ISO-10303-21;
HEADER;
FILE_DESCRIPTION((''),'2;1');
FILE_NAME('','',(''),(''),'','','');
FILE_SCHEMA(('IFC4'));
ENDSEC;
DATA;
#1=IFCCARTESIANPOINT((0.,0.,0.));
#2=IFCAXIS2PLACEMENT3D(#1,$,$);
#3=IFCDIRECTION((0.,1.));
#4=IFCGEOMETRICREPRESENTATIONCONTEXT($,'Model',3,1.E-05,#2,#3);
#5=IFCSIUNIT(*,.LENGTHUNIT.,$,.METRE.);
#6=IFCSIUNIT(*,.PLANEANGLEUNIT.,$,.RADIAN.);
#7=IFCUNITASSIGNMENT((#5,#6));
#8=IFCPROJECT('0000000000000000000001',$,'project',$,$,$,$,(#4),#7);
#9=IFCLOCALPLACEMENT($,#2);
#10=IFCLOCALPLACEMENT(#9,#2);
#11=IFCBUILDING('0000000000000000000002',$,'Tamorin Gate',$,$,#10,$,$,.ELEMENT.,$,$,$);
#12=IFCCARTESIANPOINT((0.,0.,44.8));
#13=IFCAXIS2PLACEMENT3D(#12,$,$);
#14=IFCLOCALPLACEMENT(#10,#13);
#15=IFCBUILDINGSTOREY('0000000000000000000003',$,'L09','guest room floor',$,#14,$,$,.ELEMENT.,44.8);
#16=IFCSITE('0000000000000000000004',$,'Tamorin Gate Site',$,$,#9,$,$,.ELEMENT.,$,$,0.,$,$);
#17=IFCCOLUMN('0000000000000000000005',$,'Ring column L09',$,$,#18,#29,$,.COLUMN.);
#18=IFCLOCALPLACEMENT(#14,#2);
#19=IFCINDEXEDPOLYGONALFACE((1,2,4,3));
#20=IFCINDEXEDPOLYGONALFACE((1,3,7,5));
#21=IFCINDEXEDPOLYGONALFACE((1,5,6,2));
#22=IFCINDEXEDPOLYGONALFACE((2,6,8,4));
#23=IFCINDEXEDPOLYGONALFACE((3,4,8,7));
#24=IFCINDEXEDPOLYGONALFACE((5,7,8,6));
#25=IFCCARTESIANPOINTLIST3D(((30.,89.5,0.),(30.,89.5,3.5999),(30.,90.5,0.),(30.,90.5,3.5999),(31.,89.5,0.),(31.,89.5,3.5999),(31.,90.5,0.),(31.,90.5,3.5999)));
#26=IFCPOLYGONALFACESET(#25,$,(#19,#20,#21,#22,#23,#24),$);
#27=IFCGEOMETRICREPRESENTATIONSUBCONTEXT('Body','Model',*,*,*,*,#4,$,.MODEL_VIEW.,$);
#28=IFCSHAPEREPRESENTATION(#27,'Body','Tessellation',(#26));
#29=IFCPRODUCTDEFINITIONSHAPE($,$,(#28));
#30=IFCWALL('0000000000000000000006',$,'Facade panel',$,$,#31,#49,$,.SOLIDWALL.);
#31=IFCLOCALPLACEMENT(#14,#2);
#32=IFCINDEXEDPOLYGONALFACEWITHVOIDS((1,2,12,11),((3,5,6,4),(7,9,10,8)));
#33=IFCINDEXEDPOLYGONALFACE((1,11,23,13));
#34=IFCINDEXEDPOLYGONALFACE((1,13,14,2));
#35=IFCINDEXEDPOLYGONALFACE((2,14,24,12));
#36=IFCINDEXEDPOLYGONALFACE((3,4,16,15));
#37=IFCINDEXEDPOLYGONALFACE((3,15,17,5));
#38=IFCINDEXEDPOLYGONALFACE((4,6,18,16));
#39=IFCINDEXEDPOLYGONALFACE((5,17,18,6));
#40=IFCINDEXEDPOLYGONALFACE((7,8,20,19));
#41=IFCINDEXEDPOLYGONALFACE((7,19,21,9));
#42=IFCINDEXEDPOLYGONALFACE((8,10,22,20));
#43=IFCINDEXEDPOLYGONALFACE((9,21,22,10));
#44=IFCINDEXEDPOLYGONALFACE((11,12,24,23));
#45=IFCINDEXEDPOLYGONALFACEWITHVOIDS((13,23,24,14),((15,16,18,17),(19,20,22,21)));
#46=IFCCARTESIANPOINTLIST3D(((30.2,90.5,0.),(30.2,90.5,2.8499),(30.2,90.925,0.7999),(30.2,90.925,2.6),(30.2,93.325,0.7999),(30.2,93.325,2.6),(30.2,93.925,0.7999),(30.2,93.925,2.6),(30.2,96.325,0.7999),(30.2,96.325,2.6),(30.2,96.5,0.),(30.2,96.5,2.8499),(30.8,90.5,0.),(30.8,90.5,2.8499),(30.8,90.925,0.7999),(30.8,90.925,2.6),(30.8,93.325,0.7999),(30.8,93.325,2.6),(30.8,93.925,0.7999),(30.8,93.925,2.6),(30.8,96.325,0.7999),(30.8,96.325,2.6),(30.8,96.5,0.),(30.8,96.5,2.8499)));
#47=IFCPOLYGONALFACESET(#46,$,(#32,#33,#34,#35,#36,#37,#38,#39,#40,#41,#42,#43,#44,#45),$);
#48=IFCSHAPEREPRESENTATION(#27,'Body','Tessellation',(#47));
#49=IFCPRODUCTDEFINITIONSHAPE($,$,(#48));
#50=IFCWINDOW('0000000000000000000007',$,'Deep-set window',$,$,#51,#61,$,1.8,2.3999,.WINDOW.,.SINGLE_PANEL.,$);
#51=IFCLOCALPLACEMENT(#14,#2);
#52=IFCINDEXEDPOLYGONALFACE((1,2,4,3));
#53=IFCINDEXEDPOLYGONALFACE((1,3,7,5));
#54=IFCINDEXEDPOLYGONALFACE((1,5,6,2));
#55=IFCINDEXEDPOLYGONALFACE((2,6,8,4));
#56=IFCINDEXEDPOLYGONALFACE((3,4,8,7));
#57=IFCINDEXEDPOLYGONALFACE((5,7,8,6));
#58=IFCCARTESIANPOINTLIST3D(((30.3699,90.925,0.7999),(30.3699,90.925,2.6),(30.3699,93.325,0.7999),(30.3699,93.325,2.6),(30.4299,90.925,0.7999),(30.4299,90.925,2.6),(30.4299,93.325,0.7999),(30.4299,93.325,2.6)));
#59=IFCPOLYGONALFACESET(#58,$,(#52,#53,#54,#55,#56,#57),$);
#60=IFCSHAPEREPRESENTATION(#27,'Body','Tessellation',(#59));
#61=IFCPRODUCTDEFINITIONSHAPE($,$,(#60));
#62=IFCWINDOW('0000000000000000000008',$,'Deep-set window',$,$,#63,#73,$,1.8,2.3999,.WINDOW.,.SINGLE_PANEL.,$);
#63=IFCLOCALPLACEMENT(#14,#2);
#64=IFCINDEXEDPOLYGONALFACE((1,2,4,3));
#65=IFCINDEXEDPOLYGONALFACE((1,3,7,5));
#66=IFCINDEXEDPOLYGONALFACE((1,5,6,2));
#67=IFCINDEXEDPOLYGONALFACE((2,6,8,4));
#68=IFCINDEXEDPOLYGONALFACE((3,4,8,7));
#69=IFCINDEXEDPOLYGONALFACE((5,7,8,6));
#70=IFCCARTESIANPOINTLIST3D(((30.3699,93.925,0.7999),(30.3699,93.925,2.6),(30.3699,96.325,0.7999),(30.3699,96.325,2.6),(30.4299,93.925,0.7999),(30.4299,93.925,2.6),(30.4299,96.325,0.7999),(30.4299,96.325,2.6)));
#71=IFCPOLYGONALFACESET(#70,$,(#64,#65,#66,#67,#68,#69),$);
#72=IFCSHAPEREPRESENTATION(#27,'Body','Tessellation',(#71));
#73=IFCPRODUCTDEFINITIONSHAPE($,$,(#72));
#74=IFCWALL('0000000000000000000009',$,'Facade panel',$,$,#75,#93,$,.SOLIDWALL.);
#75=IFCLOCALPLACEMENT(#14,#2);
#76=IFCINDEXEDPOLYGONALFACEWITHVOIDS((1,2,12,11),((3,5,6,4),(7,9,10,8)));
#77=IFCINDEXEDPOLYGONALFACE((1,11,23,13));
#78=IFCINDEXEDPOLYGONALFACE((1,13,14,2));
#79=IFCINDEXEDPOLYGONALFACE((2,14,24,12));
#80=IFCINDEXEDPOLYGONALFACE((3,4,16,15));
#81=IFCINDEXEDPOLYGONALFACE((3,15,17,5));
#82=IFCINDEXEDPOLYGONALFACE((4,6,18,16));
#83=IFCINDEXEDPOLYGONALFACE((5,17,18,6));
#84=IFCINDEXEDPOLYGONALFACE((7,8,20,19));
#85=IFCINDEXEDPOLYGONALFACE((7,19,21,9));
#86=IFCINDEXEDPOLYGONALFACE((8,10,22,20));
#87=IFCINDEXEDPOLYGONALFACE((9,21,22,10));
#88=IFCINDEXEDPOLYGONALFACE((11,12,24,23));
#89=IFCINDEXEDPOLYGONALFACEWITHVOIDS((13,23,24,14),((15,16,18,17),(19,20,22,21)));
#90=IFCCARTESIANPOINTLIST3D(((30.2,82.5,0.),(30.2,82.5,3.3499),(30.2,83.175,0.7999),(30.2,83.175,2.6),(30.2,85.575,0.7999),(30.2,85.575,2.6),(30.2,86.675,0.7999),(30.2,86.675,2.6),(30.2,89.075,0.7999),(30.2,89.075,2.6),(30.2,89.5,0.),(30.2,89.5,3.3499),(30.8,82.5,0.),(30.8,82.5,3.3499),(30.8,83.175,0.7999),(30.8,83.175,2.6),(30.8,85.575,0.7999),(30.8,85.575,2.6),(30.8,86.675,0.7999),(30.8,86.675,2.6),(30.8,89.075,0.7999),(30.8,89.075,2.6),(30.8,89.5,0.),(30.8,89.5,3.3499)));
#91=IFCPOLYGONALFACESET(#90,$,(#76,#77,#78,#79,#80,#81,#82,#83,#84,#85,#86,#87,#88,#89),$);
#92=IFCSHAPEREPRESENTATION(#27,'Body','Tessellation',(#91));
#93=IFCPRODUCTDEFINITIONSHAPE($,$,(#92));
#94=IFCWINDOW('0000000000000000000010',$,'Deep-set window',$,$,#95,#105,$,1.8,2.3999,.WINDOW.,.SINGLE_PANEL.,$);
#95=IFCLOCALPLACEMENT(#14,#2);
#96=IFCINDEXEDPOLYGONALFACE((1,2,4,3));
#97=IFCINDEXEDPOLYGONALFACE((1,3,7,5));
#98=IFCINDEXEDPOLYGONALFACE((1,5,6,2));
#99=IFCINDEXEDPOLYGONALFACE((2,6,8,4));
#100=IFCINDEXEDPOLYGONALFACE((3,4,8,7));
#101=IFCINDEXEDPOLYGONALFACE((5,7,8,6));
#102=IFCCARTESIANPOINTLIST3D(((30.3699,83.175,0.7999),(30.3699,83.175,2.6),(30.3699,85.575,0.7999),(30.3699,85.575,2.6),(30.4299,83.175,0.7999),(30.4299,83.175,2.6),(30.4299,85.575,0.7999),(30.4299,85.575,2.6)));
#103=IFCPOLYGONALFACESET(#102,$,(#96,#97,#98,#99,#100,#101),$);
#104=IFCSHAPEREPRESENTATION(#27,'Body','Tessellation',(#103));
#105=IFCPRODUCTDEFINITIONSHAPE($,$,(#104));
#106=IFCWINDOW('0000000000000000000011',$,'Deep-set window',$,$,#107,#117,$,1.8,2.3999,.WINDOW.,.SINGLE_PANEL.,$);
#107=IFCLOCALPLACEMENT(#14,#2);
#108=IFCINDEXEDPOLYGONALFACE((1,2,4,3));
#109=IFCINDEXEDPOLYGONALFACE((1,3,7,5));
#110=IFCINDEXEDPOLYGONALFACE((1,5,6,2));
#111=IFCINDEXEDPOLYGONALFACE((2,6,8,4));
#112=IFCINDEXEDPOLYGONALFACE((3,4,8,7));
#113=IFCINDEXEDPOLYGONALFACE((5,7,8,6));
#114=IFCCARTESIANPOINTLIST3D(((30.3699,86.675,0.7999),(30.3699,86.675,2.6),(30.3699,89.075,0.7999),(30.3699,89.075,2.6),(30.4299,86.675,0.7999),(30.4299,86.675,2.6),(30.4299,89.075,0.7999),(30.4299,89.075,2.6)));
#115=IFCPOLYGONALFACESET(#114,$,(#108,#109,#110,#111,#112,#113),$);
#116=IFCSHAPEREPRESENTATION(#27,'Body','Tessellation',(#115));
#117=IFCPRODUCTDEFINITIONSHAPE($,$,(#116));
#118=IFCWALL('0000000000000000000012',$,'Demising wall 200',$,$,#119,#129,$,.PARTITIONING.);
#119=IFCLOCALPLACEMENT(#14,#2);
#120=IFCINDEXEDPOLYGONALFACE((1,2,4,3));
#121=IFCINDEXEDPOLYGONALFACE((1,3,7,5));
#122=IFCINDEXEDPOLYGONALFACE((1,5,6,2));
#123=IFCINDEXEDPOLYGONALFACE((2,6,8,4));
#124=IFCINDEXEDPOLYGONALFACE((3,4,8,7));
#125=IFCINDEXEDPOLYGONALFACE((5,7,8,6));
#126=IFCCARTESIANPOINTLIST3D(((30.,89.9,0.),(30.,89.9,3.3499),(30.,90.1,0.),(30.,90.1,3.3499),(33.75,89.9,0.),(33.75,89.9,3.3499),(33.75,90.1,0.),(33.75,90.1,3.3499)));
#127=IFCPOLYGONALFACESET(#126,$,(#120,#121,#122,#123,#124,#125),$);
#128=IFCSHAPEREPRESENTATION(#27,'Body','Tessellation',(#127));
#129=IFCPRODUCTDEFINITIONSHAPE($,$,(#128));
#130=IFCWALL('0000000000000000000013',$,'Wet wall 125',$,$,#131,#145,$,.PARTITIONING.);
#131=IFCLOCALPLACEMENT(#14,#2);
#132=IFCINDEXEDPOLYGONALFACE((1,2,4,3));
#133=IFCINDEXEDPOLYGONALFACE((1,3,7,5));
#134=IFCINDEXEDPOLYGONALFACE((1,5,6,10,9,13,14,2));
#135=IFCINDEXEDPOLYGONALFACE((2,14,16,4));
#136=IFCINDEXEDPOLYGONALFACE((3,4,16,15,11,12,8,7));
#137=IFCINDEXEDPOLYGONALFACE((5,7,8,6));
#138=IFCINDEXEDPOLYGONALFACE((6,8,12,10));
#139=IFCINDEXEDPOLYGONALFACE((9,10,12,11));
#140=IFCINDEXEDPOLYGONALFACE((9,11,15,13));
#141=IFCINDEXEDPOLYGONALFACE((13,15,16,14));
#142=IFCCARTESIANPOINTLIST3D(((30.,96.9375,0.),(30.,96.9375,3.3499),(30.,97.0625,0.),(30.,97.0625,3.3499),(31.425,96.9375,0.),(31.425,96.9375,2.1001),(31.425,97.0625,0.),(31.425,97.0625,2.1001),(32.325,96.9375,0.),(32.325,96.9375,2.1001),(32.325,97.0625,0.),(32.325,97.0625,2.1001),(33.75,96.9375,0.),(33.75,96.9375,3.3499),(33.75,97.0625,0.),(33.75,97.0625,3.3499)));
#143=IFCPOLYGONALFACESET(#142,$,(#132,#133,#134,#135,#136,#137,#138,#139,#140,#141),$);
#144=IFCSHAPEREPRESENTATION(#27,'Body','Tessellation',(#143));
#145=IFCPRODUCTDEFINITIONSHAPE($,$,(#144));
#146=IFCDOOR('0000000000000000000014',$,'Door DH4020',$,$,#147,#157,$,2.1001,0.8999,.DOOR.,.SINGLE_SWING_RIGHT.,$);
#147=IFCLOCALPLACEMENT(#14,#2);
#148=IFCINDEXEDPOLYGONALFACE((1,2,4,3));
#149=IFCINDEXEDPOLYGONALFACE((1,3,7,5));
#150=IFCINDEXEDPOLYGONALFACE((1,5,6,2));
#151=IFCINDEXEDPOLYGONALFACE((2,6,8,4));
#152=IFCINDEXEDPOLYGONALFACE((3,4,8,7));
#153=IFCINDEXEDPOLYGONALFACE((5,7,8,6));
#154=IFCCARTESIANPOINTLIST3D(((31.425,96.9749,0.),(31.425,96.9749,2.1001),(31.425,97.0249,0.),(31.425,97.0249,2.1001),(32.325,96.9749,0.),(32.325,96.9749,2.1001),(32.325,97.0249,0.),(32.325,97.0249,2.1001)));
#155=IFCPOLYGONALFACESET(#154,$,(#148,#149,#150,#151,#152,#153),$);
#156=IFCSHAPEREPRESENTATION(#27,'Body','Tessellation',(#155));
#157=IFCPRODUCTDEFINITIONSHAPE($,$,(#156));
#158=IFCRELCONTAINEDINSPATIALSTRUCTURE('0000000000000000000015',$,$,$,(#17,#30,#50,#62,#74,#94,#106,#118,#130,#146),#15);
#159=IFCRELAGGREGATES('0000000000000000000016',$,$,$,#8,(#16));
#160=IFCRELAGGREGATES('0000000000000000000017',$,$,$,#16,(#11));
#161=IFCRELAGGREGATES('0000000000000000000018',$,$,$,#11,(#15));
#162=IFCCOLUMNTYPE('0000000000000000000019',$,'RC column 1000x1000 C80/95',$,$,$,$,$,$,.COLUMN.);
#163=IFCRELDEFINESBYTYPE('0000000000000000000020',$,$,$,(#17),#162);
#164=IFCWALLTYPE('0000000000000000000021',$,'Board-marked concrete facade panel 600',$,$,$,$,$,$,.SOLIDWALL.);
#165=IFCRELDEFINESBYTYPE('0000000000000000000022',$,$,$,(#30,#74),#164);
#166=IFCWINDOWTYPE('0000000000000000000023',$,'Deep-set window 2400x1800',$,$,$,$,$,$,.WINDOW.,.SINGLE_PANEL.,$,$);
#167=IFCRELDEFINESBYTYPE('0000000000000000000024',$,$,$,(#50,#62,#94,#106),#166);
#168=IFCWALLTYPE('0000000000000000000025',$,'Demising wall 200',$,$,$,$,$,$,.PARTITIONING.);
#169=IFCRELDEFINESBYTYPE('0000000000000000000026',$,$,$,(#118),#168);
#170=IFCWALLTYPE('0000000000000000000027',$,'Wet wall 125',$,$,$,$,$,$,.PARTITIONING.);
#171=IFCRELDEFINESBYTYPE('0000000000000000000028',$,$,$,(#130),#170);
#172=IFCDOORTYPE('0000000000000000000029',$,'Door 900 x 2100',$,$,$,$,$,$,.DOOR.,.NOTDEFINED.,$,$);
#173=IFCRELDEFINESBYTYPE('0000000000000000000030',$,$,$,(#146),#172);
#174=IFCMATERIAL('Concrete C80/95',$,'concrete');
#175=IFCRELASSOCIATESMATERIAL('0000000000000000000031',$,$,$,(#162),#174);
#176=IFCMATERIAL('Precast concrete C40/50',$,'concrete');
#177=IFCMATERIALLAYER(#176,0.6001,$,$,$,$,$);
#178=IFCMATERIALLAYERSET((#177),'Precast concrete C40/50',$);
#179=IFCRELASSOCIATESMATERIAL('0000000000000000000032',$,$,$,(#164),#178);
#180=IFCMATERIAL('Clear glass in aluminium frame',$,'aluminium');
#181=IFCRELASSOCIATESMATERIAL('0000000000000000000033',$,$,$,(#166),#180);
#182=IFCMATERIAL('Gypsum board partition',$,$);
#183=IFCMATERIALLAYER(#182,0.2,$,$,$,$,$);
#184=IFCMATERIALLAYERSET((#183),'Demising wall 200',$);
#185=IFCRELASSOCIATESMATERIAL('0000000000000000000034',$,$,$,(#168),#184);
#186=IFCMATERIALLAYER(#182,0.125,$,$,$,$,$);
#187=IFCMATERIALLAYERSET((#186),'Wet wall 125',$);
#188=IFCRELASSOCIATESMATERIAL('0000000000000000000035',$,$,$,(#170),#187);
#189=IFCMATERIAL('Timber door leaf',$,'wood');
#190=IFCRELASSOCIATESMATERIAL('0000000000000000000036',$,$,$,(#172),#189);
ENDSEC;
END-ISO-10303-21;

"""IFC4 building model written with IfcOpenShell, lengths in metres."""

from ifc_helpers import new_model, si_unit, direction, frame, frame_2d, origin, origin_2d, place, context, subcontext, project, spatial, rectangle, extrude, material, layer, layer_set, material_profile, profile_set, type_object, element, fill, save


model = new_model("IFC4")

# Units and contexts
model_context = context("Model", 3, precision=1e-05, world=origin(), true_north=direction((0.0, 1.0)))
body_context = subcontext(model_context, "Body", "Model", "MODEL_VIEW")
ifc_project = project(units=[si_unit("LENGTHUNIT", "METRE"), si_unit("PLANEANGLEUNIT", "RADIAN")], contexts=[model_context])

# Site, building, storey
site_placement = place(None, origin())
site = spatial("IfcSite", under=ifc_project, at=site_placement, Name="Tamorin Gate Site", CompositionType="ELEMENT", RefElevation=0.0)
building_placement = place(site_placement, origin())
building = spatial("IfcBuilding", under=site, at=building_placement, Name="Tamorin Gate", CompositionType="ELEMENT")
storey_placement = place(building_placement, frame((0.0, 0.0, 44.8)))
storey = spatial("IfcBuildingStorey", under=building, at=storey_placement, Name="L09", Description="guest room floor", CompositionType="ELEMENT", Elevation=44.8)

# Column
ifc_material_1 = material(Name="Concrete C80/95", Category="concrete")
ifc_material_profile = material_profile(ifc_material_1, rectangle(XDim=1.0, YDim=1.0, at=origin_2d()), Name="RC 1000x1000")
ifc_profile_set = profile_set([ifc_material_profile], Name="Concrete C80/95")
column_type = type_object("IfcColumnType", Name="RC column 1000x1000 C80/95", PredefinedType="COLUMN", material=ifc_profile_set)
column_placement = place(storey_placement, frame((30.5, 90.0, 0.0), z_axis=(0.0, 0.0, 1.0), x_axis=(1.0, 0.0, 0.0)))
element("IfcColumn", 1, at=column_placement, inside=storey, type_object=column_type, Name="Ring column L09", PredefinedType="COLUMN", context=body_context, shape_type="SweptSolid", body=[
    extrude(rectangle(XDim=1.0, YDim=1.0, at=origin_2d()), origin(), (0.0, 0.0, 1.0), 3.5999),
])

# Walls, openings, windows
ifc_material_2 = material(Name="Precast concrete C40/50", Category="concrete")
ifc_layer_1 = layer(ifc_material_2, 0.6001)
ifc_layer_set_1 = layer_set([ifc_layer_1], Name="Precast concrete C40/50")
wall_type_1 = type_object("IfcWallType", Name="Board-marked concrete facade panel 600", PredefinedType="SOLIDWALL", material=ifc_layer_set_1)
wall_1_placement = place(storey_placement, frame((30.5, 96.5, 0.0), z_axis=(0.0, 0.0, 1.0), x_axis=(0.0, -1.0, 0.0)))
wall_1 = element("IfcWall", 2, at=wall_1_placement, inside=storey, type_object=wall_type_1, Name="Facade panel", PredefinedType="SOLIDWALL", context=body_context, shape_type="SweptSolid", body=[
    extrude(rectangle(XDim=6.0, YDim=0.6001, at=frame_2d((3.0, 0.0))), origin(), (0.0, 0.0, 1.0), 2.8499),
])
opening_1_placement = place(wall_1_placement, frame((3.175, 0.0, 0.8)))
opening_1 = element("IfcOpeningElement", 3, at=opening_1_placement, cuts=wall_1, PredefinedType="OPENING", context=body_context, shape_type="SweptSolid", body=[
    extrude(rectangle(XDim=2.3999, YDim=1.8, at=frame_2d((1.2, 0.8999))), frame((0.0, 0.3101, 0.0), z_axis=(0.0, -1.0, 0.0), x_axis=(1.0, 0.0, 0.0)), (0.0, 0.0, 1.0), 0.6201),
])
opening_2_placement = place(wall_1_placement, frame((0.175, 0.0, 0.8)))
opening_2 = element("IfcOpeningElement", 4, at=opening_2_placement, cuts=wall_1, PredefinedType="OPENING", context=body_context, shape_type="SweptSolid", body=[
    extrude(rectangle(XDim=2.3999, YDim=1.8, at=frame_2d((1.2, 0.8999))), frame((0.0, 0.3101, 0.0), z_axis=(0.0, -1.0, 0.0), x_axis=(1.0, 0.0, 0.0)), (0.0, 0.0, 1.0), 0.6201),
])
ifc_material_3 = material(Name="Clear glass in aluminium frame", Category="aluminium")
window_type = type_object("IfcWindowType", Name="Deep-set window 2400x1800", PartitioningType="SINGLE_PANEL", PredefinedType="WINDOW", material=ifc_material_3)
window_1_placement = place(opening_1_placement, origin())
window_1 = element("IfcWindow", 5, at=window_1_placement, inside=storey, type_object=window_type, Name="Deep-set window", OverallHeight=1.8, OverallWidth=2.3999, PartitioningType="SINGLE_PANEL", PredefinedType="WINDOW", context=body_context, shape_type="SweptSolid", body=[
    extrude(rectangle(XDim=2.3999, YDim=1.8, at=frame_2d((1.2, 0.8999))), frame((0.0, -0.0701, 0.0), z_axis=(0.0, -1.0, 0.0), x_axis=(1.0, 0.0, 0.0)), (0.0, 0.0, 1.0), 0.0601),
])
fill(opening_1, window_1)
window_2_placement = place(opening_2_placement, origin())
window_2 = element("IfcWindow", 6, at=window_2_placement, inside=storey, type_object=window_type, Name="Deep-set window", OverallHeight=1.8, OverallWidth=2.3999, PartitioningType="SINGLE_PANEL", PredefinedType="WINDOW", context=body_context, shape_type="SweptSolid", body=[
    extrude(rectangle(XDim=2.3999, YDim=1.8, at=frame_2d((1.2, 0.8999))), frame((0.0, -0.0701, 0.0), z_axis=(0.0, -1.0, 0.0), x_axis=(1.0, 0.0, 0.0)), (0.0, 0.0, 1.0), 0.0601),
])
fill(opening_2, window_2)
wall_2_placement = place(storey_placement, frame((30.5, 89.5, 0.0), z_axis=(0.0, 0.0, 1.0), x_axis=(0.0, -1.0, 0.0)))
wall_2 = element("IfcWall", 7, at=wall_2_placement, inside=storey, type_object=wall_type_1, Name="Facade panel", PredefinedType="SOLIDWALL", context=body_context, shape_type="SweptSolid", body=[
    extrude(rectangle(XDim=7.0, YDim=0.6001, at=frame_2d((3.5, 0.0))), origin(), (0.0, 0.0, 1.0), 3.3499),
])
opening_3_placement = place(wall_2_placement, frame((3.925, 0.0, 0.8)))
opening_3 = element("IfcOpeningElement", 8, at=opening_3_placement, cuts=wall_2, PredefinedType="OPENING", context=body_context, shape_type="SweptSolid", body=[
    extrude(rectangle(XDim=2.3999, YDim=1.8, at=frame_2d((1.2, 0.8999))), frame((0.0, 0.3101, 0.0), z_axis=(0.0, -1.0, 0.0), x_axis=(1.0, 0.0, 0.0)), (0.0, 0.0, 1.0), 0.6201),
])
opening_4_placement = place(wall_2_placement, frame((0.425, 0.0, 0.8)))
opening_4 = element("IfcOpeningElement", 9, at=opening_4_placement, cuts=wall_2, PredefinedType="OPENING", context=body_context, shape_type="SweptSolid", body=[
    extrude(rectangle(XDim=2.3999, YDim=1.8, at=frame_2d((1.2, 0.8999))), frame((0.0, 0.3101, 0.0), z_axis=(0.0, -1.0, 0.0), x_axis=(1.0, 0.0, 0.0)), (0.0, 0.0, 1.0), 0.6201),
])
window_3_placement = place(opening_3_placement, origin())
window_3 = element("IfcWindow", 10, at=window_3_placement, inside=storey, type_object=window_type, Name="Deep-set window", OverallHeight=1.8, OverallWidth=2.3999, PartitioningType="SINGLE_PANEL", PredefinedType="WINDOW", context=body_context, shape_type="SweptSolid", body=[
    extrude(rectangle(XDim=2.3999, YDim=1.8, at=frame_2d((1.2, 0.8999))), frame((0.0, -0.0701, 0.0), z_axis=(0.0, -1.0, 0.0), x_axis=(1.0, 0.0, 0.0)), (0.0, 0.0, 1.0), 0.0601),
])
fill(opening_3, window_3)
window_4_placement = place(opening_4_placement, origin())
window_4 = element("IfcWindow", 11, at=window_4_placement, inside=storey, type_object=window_type, Name="Deep-set window", OverallHeight=1.8, OverallWidth=2.3999, PartitioningType="SINGLE_PANEL", PredefinedType="WINDOW", context=body_context, shape_type="SweptSolid", body=[
    extrude(rectangle(XDim=2.3999, YDim=1.8, at=frame_2d((1.2, 0.8999))), frame((0.0, -0.0701, 0.0), z_axis=(0.0, -1.0, 0.0), x_axis=(1.0, 0.0, 0.0)), (0.0, 0.0, 1.0), 0.0601),
])
fill(opening_4, window_4)

# Wall
ifc_material_4 = material(Name="Gypsum board partition")
ifc_layer_2 = layer(ifc_material_4, 0.2)
ifc_layer_set_2 = layer_set([ifc_layer_2], Name="Demising wall 200")
wall_type_2 = type_object("IfcWallType", Name="Demising wall 200", PredefinedType="PARTITIONING", material=ifc_layer_set_2)
wall_3_placement = place(storey_placement, frame((30.0, 90.0, 0.0), z_axis=(0.0, 0.0, 1.0), x_axis=(1.0, 0.0, 0.0)))
element("IfcWall", 12, at=wall_3_placement, inside=storey, type_object=wall_type_2, Name="Demising wall 200", PredefinedType="PARTITIONING", context=body_context, shape_type="SweptSolid", body=[
    extrude(rectangle(XDim=3.75, YDim=0.2, at=frame_2d((1.875, 0.0))), origin(), (0.0, 0.0, 1.0), 3.3499),
])

# Wall, opening, door
ifc_layer_3 = layer(ifc_material_4, 0.125)
ifc_layer_set_3 = layer_set([ifc_layer_3], Name="Wet wall 125")
wall_type_3 = type_object("IfcWallType", Name="Wet wall 125", PredefinedType="PARTITIONING", material=ifc_layer_set_3)
wall_4_placement = place(storey_placement, frame((30.0, 97.0, 0.0), z_axis=(0.0, 0.0, 1.0), x_axis=(1.0, 0.0, 0.0)))
wall_4 = element("IfcWall", 13, at=wall_4_placement, inside=storey, type_object=wall_type_3, Name="Wet wall 125", PredefinedType="PARTITIONING", context=body_context, shape_type="SweptSolid", body=[
    extrude(rectangle(XDim=3.75, YDim=0.125, at=frame_2d((1.875, 0.0))), origin(), (0.0, 0.0, 1.0), 3.3499),
])
opening_5_placement = place(wall_4_placement, frame((1.425, 0.0, 0.0)))
opening_5 = element("IfcOpeningElement", 14, at=opening_5_placement, cuts=wall_4, PredefinedType="OPENING", context=body_context, shape_type="SweptSolid", body=[
    extrude(rectangle(XDim=0.8999, YDim=2.1001, at=frame_2d((0.45, 1.05))), frame((0.0, 0.0725, 0.0), z_axis=(0.0, -1.0, 0.0), x_axis=(1.0, 0.0, 0.0)), (0.0, 0.0, 1.0), 0.145),
])
ifc_material_5 = material(Name="Timber door leaf", Category="wood")
door_type = type_object("IfcDoorType", Name="Door 900 x 2100", OperationType="NOTDEFINED", PredefinedType="DOOR", material=ifc_material_5)
door_placement = place(opening_5_placement, origin())
door = element("IfcDoor", 15, at=door_placement, inside=storey, type_object=door_type, Name="Door DH4020", OperationType="SINGLE_SWING_RIGHT", OverallHeight=2.1001, OverallWidth=0.8999, PredefinedType="DOOR", context=body_context, shape_type="SweptSolid", body=[
    extrude(rectangle(XDim=0.8999, YDim=2.1001, at=frame_2d((0.45, 1.05))), frame((0.0, 0.0249, 0.0), z_axis=(0.0, -1.0, 0.0), x_axis=(1.0, 0.0, 0.0)), (0.0, 0.0, 1.0), 0.05),
])
fill(opening_5, door)

save(model, "model.ifc")
